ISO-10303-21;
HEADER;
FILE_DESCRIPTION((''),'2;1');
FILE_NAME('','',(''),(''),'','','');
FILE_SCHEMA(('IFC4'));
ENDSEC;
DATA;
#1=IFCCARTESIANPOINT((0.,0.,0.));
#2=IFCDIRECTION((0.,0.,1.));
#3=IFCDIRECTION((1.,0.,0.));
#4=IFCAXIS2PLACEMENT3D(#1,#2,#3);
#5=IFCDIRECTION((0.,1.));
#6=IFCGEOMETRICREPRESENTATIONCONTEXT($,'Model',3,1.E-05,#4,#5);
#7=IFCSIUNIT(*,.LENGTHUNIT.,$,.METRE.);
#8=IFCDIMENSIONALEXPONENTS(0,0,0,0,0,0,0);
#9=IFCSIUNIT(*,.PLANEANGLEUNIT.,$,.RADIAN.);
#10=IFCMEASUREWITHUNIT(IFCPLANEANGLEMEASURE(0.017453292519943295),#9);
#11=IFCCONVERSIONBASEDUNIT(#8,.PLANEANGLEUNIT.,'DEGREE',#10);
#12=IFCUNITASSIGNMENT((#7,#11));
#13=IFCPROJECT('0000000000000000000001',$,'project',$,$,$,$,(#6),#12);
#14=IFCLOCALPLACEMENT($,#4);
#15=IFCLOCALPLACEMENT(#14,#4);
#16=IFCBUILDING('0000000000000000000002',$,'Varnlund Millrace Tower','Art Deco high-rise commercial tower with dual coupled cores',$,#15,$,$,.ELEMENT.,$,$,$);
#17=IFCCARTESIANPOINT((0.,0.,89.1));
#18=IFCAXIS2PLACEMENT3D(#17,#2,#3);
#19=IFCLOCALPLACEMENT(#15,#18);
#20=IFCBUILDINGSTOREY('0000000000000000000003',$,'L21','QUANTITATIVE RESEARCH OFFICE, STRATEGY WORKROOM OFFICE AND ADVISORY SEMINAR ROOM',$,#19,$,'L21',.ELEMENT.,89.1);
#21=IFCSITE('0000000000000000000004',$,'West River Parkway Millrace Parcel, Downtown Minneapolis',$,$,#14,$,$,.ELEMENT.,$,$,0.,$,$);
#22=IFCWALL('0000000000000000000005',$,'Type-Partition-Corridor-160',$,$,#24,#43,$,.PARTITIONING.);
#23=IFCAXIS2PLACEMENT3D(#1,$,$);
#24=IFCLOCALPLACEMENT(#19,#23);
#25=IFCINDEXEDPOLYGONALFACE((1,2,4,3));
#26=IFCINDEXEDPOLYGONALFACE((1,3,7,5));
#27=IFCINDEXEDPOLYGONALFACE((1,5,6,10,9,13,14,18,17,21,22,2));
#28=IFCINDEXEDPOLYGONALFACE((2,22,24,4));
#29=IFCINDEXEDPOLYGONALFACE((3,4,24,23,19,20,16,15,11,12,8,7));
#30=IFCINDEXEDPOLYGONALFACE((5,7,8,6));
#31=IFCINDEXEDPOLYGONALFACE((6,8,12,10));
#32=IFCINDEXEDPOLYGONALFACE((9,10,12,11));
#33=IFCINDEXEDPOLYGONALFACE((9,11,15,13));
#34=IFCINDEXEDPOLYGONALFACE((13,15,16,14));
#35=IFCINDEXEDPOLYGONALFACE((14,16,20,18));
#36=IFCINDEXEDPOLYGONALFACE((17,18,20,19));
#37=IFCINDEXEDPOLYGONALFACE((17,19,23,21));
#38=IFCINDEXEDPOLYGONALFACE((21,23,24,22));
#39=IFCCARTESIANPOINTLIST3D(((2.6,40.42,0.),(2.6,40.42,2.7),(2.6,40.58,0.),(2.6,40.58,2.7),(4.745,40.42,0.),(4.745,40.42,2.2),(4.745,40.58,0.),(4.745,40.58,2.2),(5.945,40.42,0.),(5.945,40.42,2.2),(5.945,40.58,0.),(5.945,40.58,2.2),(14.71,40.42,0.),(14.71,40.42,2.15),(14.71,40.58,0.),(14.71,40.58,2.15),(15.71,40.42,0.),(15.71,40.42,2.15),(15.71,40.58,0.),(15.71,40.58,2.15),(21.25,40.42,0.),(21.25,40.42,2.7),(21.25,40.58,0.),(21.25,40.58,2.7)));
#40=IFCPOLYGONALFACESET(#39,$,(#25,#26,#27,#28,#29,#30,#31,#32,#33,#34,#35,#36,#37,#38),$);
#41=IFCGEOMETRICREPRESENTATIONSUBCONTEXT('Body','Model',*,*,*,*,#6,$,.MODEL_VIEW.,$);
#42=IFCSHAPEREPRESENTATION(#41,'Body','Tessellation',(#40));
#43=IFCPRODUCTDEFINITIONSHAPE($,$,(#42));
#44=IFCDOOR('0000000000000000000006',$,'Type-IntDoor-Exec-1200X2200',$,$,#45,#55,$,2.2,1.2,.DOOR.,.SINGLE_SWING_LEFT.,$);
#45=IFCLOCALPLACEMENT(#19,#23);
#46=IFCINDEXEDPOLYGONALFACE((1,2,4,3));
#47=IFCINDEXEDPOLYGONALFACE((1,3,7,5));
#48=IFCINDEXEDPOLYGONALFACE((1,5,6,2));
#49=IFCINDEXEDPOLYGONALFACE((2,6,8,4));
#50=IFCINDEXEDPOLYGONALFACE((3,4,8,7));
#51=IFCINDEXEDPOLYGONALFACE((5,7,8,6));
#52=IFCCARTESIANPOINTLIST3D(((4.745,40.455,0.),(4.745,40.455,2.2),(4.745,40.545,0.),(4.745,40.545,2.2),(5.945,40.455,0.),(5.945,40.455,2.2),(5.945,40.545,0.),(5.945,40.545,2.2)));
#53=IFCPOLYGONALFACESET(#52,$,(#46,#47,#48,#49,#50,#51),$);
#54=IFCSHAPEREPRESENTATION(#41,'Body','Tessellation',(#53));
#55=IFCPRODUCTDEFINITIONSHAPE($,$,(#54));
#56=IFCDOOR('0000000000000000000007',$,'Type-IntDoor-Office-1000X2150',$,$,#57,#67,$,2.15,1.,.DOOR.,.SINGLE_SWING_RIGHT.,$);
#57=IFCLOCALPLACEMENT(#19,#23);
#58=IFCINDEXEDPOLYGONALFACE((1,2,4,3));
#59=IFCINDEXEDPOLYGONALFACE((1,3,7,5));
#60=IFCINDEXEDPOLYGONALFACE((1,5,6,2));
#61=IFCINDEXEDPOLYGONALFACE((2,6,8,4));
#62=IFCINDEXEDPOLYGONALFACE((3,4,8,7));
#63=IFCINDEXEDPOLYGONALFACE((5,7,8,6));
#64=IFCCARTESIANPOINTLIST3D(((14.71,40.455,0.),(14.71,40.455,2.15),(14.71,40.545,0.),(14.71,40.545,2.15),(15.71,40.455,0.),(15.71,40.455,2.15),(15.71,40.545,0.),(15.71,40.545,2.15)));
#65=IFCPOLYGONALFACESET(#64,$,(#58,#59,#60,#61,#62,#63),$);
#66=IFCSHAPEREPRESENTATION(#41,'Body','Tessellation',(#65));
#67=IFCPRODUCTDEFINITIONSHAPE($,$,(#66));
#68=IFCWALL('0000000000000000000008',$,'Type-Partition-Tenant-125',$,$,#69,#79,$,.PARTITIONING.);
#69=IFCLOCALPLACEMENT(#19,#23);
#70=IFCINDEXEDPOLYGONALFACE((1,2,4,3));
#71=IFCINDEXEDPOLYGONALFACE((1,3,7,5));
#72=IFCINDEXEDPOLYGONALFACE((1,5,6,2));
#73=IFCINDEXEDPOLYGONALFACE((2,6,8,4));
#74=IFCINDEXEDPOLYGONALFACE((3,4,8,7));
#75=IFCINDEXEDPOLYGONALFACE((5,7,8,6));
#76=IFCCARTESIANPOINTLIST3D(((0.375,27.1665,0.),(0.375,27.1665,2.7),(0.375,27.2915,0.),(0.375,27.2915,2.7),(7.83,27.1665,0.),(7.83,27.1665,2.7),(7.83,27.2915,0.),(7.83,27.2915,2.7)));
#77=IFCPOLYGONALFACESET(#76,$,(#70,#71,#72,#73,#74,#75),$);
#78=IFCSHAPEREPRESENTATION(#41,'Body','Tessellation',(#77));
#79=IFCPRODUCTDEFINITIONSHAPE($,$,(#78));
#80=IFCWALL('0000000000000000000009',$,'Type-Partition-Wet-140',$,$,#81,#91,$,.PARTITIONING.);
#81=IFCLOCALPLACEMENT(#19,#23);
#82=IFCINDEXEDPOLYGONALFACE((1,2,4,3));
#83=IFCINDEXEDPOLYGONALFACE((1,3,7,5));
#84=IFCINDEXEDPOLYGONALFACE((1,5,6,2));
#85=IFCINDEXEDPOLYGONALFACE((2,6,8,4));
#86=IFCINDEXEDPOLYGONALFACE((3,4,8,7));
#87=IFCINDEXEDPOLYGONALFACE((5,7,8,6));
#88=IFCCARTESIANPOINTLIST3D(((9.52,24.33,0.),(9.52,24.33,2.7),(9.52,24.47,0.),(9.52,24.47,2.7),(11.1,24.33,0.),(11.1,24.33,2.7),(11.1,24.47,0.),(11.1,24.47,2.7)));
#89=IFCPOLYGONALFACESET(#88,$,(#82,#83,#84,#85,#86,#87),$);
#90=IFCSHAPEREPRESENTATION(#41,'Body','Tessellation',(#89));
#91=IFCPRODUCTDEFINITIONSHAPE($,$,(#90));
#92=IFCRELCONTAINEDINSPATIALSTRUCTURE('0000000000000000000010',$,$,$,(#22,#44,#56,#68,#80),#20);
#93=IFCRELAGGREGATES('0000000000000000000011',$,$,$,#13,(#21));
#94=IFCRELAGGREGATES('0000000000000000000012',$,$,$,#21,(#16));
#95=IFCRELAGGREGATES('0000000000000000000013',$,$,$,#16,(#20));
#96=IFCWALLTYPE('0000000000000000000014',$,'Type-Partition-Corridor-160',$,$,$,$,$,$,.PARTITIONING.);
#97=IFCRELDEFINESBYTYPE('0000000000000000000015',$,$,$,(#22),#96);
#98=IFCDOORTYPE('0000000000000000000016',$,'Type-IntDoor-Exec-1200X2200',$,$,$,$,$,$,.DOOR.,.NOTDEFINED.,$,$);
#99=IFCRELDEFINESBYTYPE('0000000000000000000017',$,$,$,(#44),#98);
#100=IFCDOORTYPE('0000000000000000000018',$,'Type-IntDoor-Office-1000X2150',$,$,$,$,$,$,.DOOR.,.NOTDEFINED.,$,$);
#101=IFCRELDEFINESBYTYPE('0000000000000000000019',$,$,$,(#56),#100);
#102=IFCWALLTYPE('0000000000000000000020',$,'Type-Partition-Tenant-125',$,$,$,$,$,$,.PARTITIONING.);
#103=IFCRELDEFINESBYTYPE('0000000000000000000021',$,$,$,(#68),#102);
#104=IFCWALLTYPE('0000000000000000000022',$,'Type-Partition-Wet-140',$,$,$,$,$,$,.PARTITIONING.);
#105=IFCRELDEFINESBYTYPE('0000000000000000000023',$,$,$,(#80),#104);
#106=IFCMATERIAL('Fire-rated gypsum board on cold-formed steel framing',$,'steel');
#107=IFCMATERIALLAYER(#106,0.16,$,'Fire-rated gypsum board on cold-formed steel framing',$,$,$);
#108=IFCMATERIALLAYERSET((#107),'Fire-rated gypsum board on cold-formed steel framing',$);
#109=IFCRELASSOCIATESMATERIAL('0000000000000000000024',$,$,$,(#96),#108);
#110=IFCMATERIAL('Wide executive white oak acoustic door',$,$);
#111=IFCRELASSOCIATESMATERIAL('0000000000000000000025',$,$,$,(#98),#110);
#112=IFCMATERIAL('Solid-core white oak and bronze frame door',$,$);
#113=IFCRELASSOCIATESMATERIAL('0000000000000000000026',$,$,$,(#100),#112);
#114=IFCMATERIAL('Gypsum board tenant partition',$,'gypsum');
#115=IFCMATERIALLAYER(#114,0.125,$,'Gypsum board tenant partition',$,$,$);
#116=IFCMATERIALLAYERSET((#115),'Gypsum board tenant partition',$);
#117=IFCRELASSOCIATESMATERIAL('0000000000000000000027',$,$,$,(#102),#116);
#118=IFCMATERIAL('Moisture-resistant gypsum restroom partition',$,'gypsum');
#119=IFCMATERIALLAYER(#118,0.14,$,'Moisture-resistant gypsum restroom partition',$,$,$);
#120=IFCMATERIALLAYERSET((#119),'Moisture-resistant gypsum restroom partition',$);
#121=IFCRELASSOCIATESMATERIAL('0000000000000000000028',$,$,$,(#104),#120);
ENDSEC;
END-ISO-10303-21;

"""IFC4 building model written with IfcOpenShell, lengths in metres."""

from ifc_helpers import new_model, entity, si_unit, converted_unit, direction, frame, origin_with_axes, origin_2d_with_axis, place, context, subcontext, project, spatial, polyline, rectangle, outline, extrude, material, layer, layer_set, type_object, element, fill, save


model = new_model("IFC4")

# Units and contexts
model_context = context("Model", 3, precision=1e-05, world=origin_with_axes(), true_north=direction((0.0, 1.0)))
body_context = subcontext(model_context, "Body", "Model", "MODEL_VIEW")
ifc_project = project(units=[si_unit("LENGTHUNIT", "METRE"), converted_unit("PLANEANGLEUNIT", "DEGREE", entity("IfcPlaneAngleMeasure", 0.017453292519943295), si_unit("PLANEANGLEUNIT", "RADIAN"), dimensions=[0, 0, 0, 0, 0, 0, 0])], contexts=[model_context])

# Site, building, storey
site_placement = place(None, origin_with_axes())
site = spatial("IfcSite", under=ifc_project, at=site_placement, Name="West River Parkway Millrace Parcel, Downtown Minneapolis", CompositionType="ELEMENT", RefElevation=0.0)
building_placement = place(site_placement, origin_with_axes())
building = spatial("IfcBuilding", under=site, at=building_placement, Name="Varnlund Millrace Tower", Description="Art Deco high-rise commercial tower with dual coupled cores", CompositionType="ELEMENT")
storey_placement = place(building_placement, frame((0.0, 0.0, 89.1), z_axis=(0.0, 0.0, 1.0), x_axis=(1.0, 0.0, 0.0)))
storey = spatial("IfcBuildingStorey", under=building, at=storey_placement, Name="L21", Description="QUANTITATIVE RESEARCH OFFICE, STRATEGY WORKROOM OFFICE AND ADVISORY SEMINAR ROOM", LongName="L21", CompositionType="ELEMENT", Elevation=89.1)

# Shared definitions
ifc_material_1 = material(Name="Fire-rated gypsum board on cold-formed steel framing", Category="steel")
ifc_layer_1 = layer(ifc_material_1, 0.16, Name="Fire-rated gypsum board on cold-formed steel framing")
ifc_layer_set_1 = layer_set([ifc_layer_1], Name="Fire-rated gypsum board on cold-formed steel framing")
wall_type_1 = type_object("IfcWallType", Name="Type-Partition-Corridor-160", PredefinedType="PARTITIONING", material=ifc_layer_set_1)

# Wall, openings, doors
wall_1_placement = place(storey_placement, frame((2.6, 40.5, 0.0), z_axis=(0.0, 0.0, 1.0), x_axis=(1.0, 0.0, 0.0)))
wall_1 = element("IfcWall", 1, at=wall_1_placement, inside=storey, type_object=wall_type_1, Name="Type-Partition-Corridor-160", PredefinedType="PARTITIONING", context=body_context, shape_type="SweptSolid", body=[
    extrude(outline(polyline([(0.0, -0.08), (18.65, -0.08), (18.65, 0.08), (0.0, 0.08), (0.0, -0.08)])), origin_with_axes(), (0.0, 0.0, 1.0), 2.7),
])
opening_1_placement = place(wall_1_placement, frame((2.745, 0.0, 0.0), z_axis=(0.0, 0.0, 1.0), x_axis=(1.0, 0.0, 0.0)))
opening_1 = element("IfcOpeningElement", 2, at=opening_1_placement, cuts=wall_1, PredefinedType="OPENING", context=body_context, shape_type="SweptSolid", body=[
    extrude(rectangle(XDim=1.2, YDim=0.18, at=origin_2d_with_axis()), origin_with_axes(), (0.0, 0.0, 1.0), 2.2),
])
opening_2_placement = place(wall_1_placement, frame((12.61, 0.0, 0.0), z_axis=(0.0, 0.0, 1.0), x_axis=(1.0, 0.0, 0.0)))
opening_2 = element("IfcOpeningElement", 3, at=opening_2_placement, cuts=wall_1, PredefinedType="OPENING", context=body_context, shape_type="SweptSolid", body=[
    extrude(rectangle(XDim=1.0, YDim=0.18, at=origin_2d_with_axis()), origin_with_axes(), (0.0, 0.0, 1.0), 2.15),
])
ifc_material_2 = material(Name="Wide executive white oak acoustic door")
door_type_1 = type_object("IfcDoorType", Name="Type-IntDoor-Exec-1200X2200", OperationType="NOTDEFINED", PredefinedType="DOOR", material=ifc_material_2)
door_1_placement = place(wall_1_placement, frame((2.745, 0.0, 0.0), z_axis=(0.0, 0.0, 1.0), x_axis=(1.0, 0.0, 0.0)))
door_1 = element("IfcDoor", 4, at=door_1_placement, inside=storey, type_object=door_type_1, Name="Type-IntDoor-Exec-1200X2200", OperationType="SINGLE_SWING_LEFT", OverallHeight=2.2, OverallWidth=1.2, PredefinedType="DOOR", context=body_context, shape_type="SweptSolid", body=[
    extrude(rectangle(XDim=1.2, YDim=0.09, at=origin_2d_with_axis()), origin_with_axes(), (0.0, 0.0, 1.0), 2.2),
])
fill(opening_1, door_1)
ifc_material_3 = material(Name="Solid-core white oak and bronze frame door")
door_type_2 = type_object("IfcDoorType", Name="Type-IntDoor-Office-1000X2150", OperationType="NOTDEFINED", PredefinedType="DOOR", material=ifc_material_3)
door_2_placement = place(wall_1_placement, frame((12.61, 0.0, 0.0), z_axis=(0.0, 0.0, 1.0), x_axis=(1.0, 0.0, 0.0)))
door_2 = element("IfcDoor", 5, at=door_2_placement, inside=storey, type_object=door_type_2, Name="Type-IntDoor-Office-1000X2150", OperationType="SINGLE_SWING_RIGHT", OverallHeight=2.15, OverallWidth=1.0, PredefinedType="DOOR", context=body_context, shape_type="SweptSolid", body=[
    extrude(rectangle(XDim=1.0, YDim=0.09, at=origin_2d_with_axis()), origin_with_axes(), (0.0, 0.0, 1.0), 2.15),
])
fill(opening_2, door_2)

# Walls
ifc_material_4 = material(Name="Gypsum board tenant partition", Category="gypsum")
ifc_layer_2 = layer(ifc_material_4, 0.125, Name="Gypsum board tenant partition")
ifc_layer_set_2 = layer_set([ifc_layer_2], Name="Gypsum board tenant partition")
wall_type_2 = type_object("IfcWallType", Name="Type-Partition-Tenant-125", PredefinedType="PARTITIONING", material=ifc_layer_set_2)
wall_2_placement = place(storey_placement, frame((0.375, 27.229, 0.0), z_axis=(0.0, 0.0, 1.0), x_axis=(1.0, 0.0, 0.0)))
element("IfcWall", 6, at=wall_2_placement, inside=storey, type_object=wall_type_2, Name="Type-Partition-Tenant-125", PredefinedType="PARTITIONING", context=body_context, shape_type="SweptSolid", body=[
    extrude(outline(polyline([(0.0, -0.0625), (7.455, -0.0625), (7.455, 0.0625), (0.0, 0.0625), (0.0, -0.0625)])), origin_with_axes(), (0.0, 0.0, 1.0), 2.7),
])
ifc_material_5 = material(Name="Moisture-resistant gypsum restroom partition", Category="gypsum")
ifc_layer_3 = layer(ifc_material_5, 0.14, Name="Moisture-resistant gypsum restroom partition")
ifc_layer_set_3 = layer_set([ifc_layer_3], Name="Moisture-resistant gypsum restroom partition")
wall_type_3 = type_object("IfcWallType", Name="Type-Partition-Wet-140", PredefinedType="PARTITIONING", material=ifc_layer_set_3)
wall_3_placement = place(storey_placement, frame((9.52, 24.4, 0.0), z_axis=(0.0, 0.0, 1.0), x_axis=(1.0, 0.0, 0.0)))
element("IfcWall", 7, at=wall_3_placement, inside=storey, type_object=wall_type_3, Name="Type-Partition-Wet-140", PredefinedType="PARTITIONING", context=body_context, shape_type="SweptSolid", body=[
    extrude(outline(polyline([(0.0, -0.07), (1.58, -0.07), (1.58, 0.07), (0.0, 0.07), (0.0, -0.07)])), origin_with_axes(), (0.0, 0.0, 1.0), 2.7),
])

save(model, "model.ifc")
